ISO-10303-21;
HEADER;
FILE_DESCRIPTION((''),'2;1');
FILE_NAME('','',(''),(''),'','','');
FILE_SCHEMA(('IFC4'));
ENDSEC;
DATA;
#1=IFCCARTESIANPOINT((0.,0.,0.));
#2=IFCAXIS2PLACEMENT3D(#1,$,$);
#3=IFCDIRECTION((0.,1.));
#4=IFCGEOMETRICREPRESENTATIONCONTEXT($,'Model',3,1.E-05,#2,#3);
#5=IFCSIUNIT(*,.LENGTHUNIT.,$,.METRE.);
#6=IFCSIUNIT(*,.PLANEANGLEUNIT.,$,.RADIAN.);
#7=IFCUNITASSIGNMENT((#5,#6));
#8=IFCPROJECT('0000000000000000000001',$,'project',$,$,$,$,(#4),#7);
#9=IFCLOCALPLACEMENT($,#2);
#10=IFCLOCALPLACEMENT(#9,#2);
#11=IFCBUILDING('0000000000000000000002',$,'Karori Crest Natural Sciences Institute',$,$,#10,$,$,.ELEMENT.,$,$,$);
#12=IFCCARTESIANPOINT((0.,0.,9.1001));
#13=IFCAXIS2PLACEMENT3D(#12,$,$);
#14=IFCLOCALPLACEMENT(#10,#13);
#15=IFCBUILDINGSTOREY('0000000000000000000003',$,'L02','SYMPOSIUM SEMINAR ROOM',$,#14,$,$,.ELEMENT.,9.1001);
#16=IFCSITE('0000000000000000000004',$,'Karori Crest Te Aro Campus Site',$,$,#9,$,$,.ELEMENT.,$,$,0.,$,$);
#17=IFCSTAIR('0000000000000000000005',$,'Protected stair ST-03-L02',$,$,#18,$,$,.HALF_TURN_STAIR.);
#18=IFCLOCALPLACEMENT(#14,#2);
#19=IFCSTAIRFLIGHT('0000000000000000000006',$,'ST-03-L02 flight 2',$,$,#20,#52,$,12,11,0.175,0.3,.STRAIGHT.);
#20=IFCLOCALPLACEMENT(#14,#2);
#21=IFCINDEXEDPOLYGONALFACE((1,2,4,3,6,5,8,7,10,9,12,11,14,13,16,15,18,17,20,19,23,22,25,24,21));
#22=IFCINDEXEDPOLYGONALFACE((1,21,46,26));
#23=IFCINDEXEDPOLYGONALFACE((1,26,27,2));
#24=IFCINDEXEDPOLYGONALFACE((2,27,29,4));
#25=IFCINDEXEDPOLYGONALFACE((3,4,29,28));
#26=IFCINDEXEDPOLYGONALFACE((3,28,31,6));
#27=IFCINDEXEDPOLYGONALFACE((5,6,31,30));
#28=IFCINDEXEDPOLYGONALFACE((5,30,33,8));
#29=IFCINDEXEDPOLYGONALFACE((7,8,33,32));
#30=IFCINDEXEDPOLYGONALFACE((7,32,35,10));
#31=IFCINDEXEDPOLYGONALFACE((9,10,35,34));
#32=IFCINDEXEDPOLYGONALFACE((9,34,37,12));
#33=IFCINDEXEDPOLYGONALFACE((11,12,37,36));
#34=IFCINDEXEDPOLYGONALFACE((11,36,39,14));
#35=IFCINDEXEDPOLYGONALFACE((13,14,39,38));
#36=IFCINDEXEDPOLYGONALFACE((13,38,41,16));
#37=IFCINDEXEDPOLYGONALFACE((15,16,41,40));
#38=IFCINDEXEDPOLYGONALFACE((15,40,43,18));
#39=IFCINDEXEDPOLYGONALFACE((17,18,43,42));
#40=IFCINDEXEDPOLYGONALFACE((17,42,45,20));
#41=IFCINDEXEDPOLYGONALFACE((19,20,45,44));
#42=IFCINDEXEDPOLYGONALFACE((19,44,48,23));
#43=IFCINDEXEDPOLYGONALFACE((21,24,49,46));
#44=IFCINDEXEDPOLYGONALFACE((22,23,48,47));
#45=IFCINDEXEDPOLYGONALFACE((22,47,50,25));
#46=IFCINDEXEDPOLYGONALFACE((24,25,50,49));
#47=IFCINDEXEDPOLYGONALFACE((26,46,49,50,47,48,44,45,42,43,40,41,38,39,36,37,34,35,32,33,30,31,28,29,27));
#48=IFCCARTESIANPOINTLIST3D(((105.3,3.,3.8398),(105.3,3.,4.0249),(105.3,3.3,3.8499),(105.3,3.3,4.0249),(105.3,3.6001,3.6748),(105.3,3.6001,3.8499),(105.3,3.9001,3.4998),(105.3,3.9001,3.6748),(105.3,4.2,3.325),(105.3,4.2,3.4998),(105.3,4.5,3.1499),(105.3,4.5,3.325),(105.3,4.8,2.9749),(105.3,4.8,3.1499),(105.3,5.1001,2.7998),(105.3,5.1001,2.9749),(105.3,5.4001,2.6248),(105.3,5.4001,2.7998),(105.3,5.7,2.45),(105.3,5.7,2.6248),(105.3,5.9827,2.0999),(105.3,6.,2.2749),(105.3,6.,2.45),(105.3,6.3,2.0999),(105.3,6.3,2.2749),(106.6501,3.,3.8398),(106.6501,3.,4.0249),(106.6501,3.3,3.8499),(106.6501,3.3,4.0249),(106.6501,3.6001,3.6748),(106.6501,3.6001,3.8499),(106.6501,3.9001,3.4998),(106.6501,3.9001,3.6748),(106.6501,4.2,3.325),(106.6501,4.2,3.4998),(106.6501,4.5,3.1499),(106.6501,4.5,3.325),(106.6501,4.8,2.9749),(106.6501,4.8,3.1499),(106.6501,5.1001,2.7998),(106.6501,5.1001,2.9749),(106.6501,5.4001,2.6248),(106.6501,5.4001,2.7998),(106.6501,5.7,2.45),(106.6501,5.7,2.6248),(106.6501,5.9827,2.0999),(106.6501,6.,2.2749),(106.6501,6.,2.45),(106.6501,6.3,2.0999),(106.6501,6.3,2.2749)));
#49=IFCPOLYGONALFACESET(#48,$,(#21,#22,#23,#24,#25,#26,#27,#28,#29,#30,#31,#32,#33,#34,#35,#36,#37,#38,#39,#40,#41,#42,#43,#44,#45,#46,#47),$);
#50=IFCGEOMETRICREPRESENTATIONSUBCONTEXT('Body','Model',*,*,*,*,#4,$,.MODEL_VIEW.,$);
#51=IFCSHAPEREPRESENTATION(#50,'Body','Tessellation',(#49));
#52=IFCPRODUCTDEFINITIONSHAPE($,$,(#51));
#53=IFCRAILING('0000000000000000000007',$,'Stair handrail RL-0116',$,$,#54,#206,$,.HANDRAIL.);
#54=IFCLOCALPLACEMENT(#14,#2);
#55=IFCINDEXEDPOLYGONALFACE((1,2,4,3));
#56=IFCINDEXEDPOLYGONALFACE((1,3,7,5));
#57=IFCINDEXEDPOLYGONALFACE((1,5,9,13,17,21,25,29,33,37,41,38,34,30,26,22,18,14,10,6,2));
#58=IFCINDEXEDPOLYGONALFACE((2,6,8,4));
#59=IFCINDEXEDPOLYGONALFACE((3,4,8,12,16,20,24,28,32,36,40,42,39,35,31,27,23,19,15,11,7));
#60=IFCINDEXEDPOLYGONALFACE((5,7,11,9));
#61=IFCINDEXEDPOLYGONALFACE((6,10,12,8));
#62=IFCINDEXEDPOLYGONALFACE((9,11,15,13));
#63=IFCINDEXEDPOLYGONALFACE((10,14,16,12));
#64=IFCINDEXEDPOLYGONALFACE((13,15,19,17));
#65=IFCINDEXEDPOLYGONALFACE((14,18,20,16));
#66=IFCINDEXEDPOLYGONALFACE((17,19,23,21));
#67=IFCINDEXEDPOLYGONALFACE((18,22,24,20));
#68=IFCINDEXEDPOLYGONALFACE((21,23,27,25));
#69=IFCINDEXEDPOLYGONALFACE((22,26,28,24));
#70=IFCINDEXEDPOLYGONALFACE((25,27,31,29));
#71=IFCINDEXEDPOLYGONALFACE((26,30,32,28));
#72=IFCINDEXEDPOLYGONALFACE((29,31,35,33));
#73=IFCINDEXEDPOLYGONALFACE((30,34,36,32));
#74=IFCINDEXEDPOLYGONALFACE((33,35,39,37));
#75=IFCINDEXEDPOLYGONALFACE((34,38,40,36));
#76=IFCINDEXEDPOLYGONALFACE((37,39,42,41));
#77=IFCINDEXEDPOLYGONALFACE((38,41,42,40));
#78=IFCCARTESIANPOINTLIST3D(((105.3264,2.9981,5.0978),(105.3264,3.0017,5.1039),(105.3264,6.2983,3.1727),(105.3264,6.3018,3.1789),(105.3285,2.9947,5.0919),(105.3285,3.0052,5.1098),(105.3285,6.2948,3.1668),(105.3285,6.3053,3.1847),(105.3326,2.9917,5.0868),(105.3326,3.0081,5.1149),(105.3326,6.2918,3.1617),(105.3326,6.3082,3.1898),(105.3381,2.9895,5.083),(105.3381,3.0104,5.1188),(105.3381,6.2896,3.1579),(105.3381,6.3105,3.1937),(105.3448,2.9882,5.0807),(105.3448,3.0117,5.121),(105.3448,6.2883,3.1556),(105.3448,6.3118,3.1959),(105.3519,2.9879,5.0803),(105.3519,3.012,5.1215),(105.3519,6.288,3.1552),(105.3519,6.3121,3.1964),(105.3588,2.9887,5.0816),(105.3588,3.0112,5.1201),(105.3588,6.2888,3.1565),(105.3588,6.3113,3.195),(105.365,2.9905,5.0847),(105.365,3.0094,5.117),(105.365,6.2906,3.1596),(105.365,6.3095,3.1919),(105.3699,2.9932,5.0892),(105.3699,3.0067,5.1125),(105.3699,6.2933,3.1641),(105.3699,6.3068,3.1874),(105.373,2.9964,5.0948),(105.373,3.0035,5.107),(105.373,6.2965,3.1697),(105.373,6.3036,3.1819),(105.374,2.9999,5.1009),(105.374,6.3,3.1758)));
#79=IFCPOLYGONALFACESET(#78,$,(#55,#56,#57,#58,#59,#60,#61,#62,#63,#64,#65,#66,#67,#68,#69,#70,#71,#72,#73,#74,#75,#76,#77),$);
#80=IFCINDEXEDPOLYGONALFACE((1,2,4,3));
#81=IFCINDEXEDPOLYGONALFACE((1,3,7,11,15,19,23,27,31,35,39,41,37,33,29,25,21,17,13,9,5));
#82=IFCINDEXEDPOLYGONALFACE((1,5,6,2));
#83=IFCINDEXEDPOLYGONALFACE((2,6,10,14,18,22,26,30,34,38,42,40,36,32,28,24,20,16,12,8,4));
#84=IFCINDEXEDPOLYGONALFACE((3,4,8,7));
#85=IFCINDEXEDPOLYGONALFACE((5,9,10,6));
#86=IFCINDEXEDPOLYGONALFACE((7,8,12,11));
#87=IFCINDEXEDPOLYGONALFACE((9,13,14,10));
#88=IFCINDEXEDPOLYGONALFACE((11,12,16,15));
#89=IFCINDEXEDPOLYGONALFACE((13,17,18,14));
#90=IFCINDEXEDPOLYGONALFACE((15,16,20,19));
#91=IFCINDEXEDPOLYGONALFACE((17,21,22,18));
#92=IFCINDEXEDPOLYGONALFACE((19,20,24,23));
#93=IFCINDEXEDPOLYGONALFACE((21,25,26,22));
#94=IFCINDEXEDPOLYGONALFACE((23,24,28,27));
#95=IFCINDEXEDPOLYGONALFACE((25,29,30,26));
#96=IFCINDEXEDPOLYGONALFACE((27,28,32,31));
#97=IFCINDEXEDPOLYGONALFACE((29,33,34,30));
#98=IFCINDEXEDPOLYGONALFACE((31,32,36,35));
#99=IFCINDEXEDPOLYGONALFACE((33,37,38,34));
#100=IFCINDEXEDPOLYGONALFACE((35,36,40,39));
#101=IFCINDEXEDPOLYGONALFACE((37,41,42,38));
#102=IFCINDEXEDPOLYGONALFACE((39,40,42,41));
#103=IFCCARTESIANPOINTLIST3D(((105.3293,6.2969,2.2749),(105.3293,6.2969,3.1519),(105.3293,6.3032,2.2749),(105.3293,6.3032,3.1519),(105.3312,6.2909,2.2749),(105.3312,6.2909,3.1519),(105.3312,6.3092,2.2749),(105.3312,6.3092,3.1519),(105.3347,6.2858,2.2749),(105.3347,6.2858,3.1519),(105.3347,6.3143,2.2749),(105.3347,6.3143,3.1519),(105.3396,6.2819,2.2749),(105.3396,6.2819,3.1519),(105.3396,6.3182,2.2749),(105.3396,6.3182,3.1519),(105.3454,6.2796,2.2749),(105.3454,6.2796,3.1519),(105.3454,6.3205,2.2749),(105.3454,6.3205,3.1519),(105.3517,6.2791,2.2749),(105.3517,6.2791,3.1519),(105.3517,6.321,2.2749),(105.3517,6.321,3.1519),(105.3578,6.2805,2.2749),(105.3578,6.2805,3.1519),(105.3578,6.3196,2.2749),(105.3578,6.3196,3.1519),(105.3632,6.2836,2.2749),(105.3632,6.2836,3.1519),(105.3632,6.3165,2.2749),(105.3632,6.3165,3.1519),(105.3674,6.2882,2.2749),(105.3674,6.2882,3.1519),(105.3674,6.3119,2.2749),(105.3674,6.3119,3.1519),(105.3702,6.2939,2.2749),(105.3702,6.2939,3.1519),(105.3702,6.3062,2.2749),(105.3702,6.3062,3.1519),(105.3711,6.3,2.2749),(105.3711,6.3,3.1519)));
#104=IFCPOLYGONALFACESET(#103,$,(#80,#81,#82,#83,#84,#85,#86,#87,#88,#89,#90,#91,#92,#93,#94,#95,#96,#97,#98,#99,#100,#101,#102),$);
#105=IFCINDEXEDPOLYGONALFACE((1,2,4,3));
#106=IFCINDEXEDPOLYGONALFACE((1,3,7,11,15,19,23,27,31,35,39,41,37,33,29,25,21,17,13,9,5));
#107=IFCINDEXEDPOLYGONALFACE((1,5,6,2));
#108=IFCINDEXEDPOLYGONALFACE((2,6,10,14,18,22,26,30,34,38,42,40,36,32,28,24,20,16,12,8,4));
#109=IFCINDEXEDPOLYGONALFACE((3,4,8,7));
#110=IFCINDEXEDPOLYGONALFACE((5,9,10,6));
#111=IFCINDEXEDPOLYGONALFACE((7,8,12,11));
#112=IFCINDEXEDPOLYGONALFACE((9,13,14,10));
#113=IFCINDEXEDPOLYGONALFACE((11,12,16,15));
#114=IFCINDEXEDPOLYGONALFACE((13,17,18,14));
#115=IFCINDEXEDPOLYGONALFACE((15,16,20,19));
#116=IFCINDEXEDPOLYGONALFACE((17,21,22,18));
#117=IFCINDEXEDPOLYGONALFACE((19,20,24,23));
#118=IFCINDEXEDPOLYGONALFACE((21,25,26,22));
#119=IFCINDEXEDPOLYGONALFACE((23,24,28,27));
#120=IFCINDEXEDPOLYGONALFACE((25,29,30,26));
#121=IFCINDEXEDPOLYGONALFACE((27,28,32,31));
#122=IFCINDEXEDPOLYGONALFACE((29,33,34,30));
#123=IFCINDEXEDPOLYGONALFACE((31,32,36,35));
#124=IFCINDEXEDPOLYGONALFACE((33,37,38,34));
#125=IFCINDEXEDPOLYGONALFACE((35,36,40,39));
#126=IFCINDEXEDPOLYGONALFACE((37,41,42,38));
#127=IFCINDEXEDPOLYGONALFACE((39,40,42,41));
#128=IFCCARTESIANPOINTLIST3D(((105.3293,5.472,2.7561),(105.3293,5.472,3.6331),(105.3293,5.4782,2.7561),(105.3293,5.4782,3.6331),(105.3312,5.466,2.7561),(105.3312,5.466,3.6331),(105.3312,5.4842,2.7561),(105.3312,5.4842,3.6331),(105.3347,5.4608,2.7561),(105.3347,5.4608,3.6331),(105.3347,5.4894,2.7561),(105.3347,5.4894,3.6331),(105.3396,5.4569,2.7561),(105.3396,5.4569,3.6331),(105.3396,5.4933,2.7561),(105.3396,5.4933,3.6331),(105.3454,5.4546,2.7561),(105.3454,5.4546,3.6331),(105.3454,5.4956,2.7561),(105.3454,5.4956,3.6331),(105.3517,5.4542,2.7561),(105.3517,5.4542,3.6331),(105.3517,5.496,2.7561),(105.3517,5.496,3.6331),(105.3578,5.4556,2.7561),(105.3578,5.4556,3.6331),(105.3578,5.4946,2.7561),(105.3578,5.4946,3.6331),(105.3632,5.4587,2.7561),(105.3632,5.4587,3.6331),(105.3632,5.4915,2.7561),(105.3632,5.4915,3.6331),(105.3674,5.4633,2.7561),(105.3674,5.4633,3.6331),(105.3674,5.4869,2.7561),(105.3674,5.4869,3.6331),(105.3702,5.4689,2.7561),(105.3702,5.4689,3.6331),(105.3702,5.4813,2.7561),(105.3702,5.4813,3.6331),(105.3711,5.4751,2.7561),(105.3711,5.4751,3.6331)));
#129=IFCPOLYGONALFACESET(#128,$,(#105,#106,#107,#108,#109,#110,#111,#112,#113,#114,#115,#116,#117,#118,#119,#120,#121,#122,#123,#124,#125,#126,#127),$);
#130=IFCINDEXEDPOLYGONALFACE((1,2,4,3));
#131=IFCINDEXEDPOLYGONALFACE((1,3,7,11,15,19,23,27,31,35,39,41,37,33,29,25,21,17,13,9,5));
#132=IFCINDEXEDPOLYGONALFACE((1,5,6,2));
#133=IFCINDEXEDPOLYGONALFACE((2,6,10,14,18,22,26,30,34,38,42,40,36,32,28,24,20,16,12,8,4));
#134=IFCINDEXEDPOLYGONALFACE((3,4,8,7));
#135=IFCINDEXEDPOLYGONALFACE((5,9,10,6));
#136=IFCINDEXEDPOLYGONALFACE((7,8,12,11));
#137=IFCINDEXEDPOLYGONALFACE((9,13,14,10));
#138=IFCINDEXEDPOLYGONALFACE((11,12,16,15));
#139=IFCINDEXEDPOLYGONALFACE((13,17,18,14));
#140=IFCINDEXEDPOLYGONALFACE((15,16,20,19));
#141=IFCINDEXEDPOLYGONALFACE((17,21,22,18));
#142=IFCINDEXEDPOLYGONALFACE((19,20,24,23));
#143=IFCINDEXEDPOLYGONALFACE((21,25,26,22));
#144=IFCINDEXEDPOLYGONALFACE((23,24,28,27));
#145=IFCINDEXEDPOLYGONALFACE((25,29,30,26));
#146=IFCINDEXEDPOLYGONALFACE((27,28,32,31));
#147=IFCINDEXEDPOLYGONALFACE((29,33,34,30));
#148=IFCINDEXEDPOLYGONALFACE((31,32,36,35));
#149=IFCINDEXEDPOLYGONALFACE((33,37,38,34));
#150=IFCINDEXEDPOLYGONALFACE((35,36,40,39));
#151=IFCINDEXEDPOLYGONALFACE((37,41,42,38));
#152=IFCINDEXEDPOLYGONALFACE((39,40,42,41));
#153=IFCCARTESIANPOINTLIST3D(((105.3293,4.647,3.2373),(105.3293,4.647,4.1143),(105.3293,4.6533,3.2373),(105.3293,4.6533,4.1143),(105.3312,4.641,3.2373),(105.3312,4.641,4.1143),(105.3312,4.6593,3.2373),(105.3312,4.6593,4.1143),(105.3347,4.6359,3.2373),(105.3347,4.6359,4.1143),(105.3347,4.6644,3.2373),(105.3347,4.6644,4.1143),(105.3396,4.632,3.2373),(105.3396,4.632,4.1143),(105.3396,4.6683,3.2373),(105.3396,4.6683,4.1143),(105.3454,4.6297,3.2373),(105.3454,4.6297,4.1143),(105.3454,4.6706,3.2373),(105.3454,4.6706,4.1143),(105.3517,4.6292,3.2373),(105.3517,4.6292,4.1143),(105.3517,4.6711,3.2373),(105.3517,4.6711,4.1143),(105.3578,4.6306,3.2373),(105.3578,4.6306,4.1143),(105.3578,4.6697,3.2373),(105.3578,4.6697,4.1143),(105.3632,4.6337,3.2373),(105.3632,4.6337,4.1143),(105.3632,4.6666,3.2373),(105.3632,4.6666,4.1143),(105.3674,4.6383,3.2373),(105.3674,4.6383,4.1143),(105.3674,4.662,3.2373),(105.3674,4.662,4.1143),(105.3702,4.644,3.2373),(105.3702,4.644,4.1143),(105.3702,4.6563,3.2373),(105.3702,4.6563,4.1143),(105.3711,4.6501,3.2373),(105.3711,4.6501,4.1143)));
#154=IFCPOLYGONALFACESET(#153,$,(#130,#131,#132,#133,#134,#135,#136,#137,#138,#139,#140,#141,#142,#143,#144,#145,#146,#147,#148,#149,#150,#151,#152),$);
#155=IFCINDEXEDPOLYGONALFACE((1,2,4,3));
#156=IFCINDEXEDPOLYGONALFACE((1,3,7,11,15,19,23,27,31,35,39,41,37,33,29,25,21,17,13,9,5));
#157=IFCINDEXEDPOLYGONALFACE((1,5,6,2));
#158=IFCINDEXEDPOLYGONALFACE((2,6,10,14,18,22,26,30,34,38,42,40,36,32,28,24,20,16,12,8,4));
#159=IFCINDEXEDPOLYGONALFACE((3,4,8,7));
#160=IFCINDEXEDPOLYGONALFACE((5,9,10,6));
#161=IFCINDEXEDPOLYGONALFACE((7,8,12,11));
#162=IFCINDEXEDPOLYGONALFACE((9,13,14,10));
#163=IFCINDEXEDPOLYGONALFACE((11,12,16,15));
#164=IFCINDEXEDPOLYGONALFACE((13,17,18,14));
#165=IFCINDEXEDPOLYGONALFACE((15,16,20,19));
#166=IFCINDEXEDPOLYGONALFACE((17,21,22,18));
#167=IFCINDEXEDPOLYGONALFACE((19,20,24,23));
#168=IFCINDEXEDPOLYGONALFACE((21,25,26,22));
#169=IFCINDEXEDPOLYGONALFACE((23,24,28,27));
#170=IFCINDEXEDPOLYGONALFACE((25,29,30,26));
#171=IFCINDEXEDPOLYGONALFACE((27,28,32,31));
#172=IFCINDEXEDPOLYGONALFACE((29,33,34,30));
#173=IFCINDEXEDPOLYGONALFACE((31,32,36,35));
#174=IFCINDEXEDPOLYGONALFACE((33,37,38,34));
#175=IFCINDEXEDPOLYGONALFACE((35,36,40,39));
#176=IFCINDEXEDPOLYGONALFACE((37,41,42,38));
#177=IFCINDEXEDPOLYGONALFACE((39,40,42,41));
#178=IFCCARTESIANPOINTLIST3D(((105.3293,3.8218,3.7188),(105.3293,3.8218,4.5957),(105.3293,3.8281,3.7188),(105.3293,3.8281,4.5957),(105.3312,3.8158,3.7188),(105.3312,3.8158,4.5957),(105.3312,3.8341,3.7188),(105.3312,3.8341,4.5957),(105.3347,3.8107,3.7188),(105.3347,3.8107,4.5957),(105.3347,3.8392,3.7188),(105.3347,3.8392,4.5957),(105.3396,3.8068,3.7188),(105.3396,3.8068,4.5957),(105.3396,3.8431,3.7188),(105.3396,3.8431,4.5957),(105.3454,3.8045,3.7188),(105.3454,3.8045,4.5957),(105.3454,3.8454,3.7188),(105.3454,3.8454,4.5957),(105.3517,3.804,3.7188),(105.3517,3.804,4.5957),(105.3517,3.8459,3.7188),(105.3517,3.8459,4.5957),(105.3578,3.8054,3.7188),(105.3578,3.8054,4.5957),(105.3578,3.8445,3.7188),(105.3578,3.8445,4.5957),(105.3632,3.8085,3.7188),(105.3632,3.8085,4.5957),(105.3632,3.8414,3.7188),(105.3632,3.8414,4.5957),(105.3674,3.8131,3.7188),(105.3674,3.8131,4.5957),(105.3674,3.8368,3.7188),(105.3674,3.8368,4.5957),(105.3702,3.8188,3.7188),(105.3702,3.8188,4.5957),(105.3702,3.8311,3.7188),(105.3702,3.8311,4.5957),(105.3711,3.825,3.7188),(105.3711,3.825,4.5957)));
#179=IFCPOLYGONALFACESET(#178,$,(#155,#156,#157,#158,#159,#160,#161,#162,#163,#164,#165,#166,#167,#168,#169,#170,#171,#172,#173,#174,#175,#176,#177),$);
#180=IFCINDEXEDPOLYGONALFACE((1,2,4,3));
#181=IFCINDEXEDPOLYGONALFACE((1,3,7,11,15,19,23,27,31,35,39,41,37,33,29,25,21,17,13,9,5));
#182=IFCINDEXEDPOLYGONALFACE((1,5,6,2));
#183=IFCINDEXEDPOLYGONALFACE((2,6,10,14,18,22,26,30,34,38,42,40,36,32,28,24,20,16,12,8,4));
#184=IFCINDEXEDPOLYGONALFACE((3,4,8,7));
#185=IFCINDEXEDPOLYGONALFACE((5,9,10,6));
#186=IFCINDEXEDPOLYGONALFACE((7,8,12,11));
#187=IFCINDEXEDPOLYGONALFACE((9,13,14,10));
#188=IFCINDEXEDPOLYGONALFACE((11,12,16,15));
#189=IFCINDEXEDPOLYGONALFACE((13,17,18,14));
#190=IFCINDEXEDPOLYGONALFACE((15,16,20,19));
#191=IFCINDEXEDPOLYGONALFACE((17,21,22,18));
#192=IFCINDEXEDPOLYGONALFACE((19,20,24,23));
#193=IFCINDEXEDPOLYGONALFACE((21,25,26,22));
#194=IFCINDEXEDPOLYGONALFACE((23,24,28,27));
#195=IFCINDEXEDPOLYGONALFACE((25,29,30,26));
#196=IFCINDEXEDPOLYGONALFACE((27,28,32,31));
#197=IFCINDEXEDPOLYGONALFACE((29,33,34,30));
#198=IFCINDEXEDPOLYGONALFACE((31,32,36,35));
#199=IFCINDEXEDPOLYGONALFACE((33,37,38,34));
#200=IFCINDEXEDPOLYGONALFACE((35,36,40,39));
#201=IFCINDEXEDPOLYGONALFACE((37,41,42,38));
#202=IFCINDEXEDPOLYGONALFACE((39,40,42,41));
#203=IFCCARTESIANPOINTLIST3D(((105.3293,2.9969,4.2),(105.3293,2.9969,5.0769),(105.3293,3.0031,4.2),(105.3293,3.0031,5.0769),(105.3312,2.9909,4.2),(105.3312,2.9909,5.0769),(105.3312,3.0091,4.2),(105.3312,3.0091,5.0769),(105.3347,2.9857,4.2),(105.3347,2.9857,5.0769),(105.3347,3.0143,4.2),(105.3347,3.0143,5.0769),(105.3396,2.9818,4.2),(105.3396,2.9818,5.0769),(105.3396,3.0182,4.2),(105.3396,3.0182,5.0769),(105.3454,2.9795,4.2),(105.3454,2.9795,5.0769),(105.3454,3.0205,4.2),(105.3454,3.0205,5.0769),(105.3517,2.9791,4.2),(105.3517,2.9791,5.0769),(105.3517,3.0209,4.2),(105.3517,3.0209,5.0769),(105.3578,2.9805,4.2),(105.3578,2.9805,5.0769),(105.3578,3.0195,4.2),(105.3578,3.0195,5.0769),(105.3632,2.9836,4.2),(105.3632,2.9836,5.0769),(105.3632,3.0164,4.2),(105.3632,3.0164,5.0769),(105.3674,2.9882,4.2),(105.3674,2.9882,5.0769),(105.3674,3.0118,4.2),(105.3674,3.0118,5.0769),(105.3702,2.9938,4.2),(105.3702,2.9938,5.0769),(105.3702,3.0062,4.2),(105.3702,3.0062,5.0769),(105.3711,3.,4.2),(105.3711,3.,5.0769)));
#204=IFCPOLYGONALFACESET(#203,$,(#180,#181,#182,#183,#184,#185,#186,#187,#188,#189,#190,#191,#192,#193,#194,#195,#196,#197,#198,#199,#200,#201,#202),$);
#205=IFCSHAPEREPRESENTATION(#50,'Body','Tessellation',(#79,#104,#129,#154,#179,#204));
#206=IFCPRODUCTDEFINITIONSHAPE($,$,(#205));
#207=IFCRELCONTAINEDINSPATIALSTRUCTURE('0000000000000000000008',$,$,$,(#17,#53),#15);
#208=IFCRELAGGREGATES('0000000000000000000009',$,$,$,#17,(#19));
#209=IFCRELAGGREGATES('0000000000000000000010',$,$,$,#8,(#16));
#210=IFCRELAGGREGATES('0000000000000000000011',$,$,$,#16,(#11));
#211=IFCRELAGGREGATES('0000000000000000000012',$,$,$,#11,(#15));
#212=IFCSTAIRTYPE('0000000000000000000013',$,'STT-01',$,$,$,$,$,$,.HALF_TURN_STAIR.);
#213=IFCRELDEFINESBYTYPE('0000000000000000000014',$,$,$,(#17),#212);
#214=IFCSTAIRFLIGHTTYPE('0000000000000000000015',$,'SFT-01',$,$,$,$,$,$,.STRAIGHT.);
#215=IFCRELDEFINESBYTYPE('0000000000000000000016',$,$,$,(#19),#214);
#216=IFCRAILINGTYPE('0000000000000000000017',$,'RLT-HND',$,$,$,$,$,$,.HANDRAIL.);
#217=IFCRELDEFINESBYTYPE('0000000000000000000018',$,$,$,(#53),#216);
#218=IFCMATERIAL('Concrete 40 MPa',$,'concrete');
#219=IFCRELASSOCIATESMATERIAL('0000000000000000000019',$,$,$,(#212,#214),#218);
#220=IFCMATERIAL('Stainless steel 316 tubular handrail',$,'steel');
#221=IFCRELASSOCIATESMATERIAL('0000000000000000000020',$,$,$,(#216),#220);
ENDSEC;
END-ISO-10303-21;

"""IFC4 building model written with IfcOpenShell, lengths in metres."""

from ifc_helpers import new_model, si_unit, direction, frame, origin, origin_2d, place, context, subcontext, project, spatial, polyline, circle, outline, extrude, material, type_object, element, aggregate, save


model = new_model("IFC4")

# Units and contexts
model_context = context("Model", 3, precision=1e-05, world=origin(), true_north=direction((0.0, 1.0)))
body_context = subcontext(model_context, "Body", "Model", "MODEL_VIEW")
ifc_project = project(units=[si_unit("LENGTHUNIT", "METRE"), si_unit("PLANEANGLEUNIT", "RADIAN")], contexts=[model_context])

# Site, building, storey
site_placement = place(None, origin())
site = spatial("IfcSite", under=ifc_project, at=site_placement, Name="Karori Crest Te Aro Campus Site", CompositionType="ELEMENT", RefElevation=0.0)
building_placement = place(site_placement, origin())
building = spatial("IfcBuilding", under=site, at=building_placement, Name="Karori Crest Natural Sciences Institute", CompositionType="ELEMENT")
storey_placement = place(building_placement, frame((0.0, 0.0, 9.1001)))
storey = spatial("IfcBuildingStorey", under=building, at=storey_placement, Name="L02", Description="SYMPOSIUM SEMINAR ROOM", CompositionType="ELEMENT", Elevation=9.1001)

# Stair, stair flight
ifc_material_1 = material(Name="Concrete 40 MPa", Category="concrete")
stair_type = type_object("IfcStairType", Name="STT-01", PredefinedType="HALF_TURN_STAIR", material=ifc_material_1)
stair_placement = place(storey_placement, origin())
stair = element("IfcStair", 1, at=stair_placement, inside=storey, type_object=stair_type, Name="Protected stair ST-03-L02", PredefinedType="HALF_TURN_STAIR")
stair_flight_type = type_object("IfcStairFlightType", Name="SFT-01", PredefinedType="STRAIGHT", material=ifc_material_1)
stair_flight_placement = place(storey_placement, frame((105.9751, 6.3, 2.0999), z_axis=(0.0, 0.0, 1.0), x_axis=(0.0, -1.0, 0.0)))
stair_flight = element("IfcStairFlight", 2, at=stair_flight_placement, type_object=stair_flight_type, Name="ST-03-L02 flight 2", NumberOfRisers=12, NumberOfTreads=11, PredefinedType="STRAIGHT", RiserHeight=0.175, TreadLength=0.3, context=body_context, shape_type="SweptSolid", body=[
    extrude(outline(polyline([(0.0, 0.0), (0.0, 0.175), (0.3, 0.175), (0.3, 0.3501), (0.6001, 0.3501), (0.6001, 0.5249), (0.8999, 0.5249), (0.8999, 0.7), (1.2, 0.7), (1.2, 0.875), (1.5, 0.875), (1.5, 1.05), (1.8, 1.05), (1.8, 1.2251), (2.1001, 1.2251), (2.1001, 1.3999), (2.3999, 1.3999), (2.3999, 1.575), (2.7, 1.575), (2.7, 1.75), (3.0, 1.75), (3.0, 1.925), (3.3, 1.925), (3.3, 2.1001), (3.3, 1.74), (0.3174, 0.0), (0.0, 0.0)])), frame((0.0, 0.675, 0.0), z_axis=(0.0, -1.0, 0.0), x_axis=(1.0, 0.0, 0.0)), (0.0, 0.0, 1.0), 1.3501),
])
aggregate(stair, [stair_flight])

# Railing
ifc_material_2 = material(Name="Stainless steel 316 tubular handrail", Category="steel")
railing_type_1 = type_object("IfcRailingType", Name="RLT-HND", PredefinedType="HANDRAIL", material=ifc_material_2)
railing_1_placement = place(storey_placement, frame((105.3501, 6.3, 2.2749)))
element("IfcRailing", 3, at=railing_1_placement, inside=storey, type_object=railing_type_1, Name="Stair handrail RL-0116", PredefinedType="HANDRAIL", context=body_context, shape_type="SweptSolid", body=[
    extrude(circle(Radius=0.0239, at=origin_2d()), frame((0.0, 0.0, 0.9009), z_axis=(0.0, -0.863777, 0.503875), x_axis=(1.0, 0.0, 0.0)), (0.0, 0.0, 1.0), 3.8206),
    extrude(circle(Radius=0.021, at=origin_2d()), origin(), (0.0, 0.0, 1.0), 0.877),
    extrude(circle(Radius=0.021, at=origin_2d()), frame((0.0, -0.825, 0.4812)), (0.0, 0.0, 1.0), 0.877),
    extrude(circle(Radius=0.021, at=origin_2d()), frame((0.0, -1.6499, 0.9624)), (0.0, 0.0, 1.0), 0.877),
    extrude(circle(Radius=0.021, at=origin_2d()), frame((0.0, -2.4751, 1.4438)), (0.0, 0.0, 1.0), 0.877),
    extrude(circle(Radius=0.021, at=origin_2d()), frame((0.0, -3.3, 1.925)), (0.0, 0.0, 1.0), 0.877),
])

save(model, "model.ifc")
